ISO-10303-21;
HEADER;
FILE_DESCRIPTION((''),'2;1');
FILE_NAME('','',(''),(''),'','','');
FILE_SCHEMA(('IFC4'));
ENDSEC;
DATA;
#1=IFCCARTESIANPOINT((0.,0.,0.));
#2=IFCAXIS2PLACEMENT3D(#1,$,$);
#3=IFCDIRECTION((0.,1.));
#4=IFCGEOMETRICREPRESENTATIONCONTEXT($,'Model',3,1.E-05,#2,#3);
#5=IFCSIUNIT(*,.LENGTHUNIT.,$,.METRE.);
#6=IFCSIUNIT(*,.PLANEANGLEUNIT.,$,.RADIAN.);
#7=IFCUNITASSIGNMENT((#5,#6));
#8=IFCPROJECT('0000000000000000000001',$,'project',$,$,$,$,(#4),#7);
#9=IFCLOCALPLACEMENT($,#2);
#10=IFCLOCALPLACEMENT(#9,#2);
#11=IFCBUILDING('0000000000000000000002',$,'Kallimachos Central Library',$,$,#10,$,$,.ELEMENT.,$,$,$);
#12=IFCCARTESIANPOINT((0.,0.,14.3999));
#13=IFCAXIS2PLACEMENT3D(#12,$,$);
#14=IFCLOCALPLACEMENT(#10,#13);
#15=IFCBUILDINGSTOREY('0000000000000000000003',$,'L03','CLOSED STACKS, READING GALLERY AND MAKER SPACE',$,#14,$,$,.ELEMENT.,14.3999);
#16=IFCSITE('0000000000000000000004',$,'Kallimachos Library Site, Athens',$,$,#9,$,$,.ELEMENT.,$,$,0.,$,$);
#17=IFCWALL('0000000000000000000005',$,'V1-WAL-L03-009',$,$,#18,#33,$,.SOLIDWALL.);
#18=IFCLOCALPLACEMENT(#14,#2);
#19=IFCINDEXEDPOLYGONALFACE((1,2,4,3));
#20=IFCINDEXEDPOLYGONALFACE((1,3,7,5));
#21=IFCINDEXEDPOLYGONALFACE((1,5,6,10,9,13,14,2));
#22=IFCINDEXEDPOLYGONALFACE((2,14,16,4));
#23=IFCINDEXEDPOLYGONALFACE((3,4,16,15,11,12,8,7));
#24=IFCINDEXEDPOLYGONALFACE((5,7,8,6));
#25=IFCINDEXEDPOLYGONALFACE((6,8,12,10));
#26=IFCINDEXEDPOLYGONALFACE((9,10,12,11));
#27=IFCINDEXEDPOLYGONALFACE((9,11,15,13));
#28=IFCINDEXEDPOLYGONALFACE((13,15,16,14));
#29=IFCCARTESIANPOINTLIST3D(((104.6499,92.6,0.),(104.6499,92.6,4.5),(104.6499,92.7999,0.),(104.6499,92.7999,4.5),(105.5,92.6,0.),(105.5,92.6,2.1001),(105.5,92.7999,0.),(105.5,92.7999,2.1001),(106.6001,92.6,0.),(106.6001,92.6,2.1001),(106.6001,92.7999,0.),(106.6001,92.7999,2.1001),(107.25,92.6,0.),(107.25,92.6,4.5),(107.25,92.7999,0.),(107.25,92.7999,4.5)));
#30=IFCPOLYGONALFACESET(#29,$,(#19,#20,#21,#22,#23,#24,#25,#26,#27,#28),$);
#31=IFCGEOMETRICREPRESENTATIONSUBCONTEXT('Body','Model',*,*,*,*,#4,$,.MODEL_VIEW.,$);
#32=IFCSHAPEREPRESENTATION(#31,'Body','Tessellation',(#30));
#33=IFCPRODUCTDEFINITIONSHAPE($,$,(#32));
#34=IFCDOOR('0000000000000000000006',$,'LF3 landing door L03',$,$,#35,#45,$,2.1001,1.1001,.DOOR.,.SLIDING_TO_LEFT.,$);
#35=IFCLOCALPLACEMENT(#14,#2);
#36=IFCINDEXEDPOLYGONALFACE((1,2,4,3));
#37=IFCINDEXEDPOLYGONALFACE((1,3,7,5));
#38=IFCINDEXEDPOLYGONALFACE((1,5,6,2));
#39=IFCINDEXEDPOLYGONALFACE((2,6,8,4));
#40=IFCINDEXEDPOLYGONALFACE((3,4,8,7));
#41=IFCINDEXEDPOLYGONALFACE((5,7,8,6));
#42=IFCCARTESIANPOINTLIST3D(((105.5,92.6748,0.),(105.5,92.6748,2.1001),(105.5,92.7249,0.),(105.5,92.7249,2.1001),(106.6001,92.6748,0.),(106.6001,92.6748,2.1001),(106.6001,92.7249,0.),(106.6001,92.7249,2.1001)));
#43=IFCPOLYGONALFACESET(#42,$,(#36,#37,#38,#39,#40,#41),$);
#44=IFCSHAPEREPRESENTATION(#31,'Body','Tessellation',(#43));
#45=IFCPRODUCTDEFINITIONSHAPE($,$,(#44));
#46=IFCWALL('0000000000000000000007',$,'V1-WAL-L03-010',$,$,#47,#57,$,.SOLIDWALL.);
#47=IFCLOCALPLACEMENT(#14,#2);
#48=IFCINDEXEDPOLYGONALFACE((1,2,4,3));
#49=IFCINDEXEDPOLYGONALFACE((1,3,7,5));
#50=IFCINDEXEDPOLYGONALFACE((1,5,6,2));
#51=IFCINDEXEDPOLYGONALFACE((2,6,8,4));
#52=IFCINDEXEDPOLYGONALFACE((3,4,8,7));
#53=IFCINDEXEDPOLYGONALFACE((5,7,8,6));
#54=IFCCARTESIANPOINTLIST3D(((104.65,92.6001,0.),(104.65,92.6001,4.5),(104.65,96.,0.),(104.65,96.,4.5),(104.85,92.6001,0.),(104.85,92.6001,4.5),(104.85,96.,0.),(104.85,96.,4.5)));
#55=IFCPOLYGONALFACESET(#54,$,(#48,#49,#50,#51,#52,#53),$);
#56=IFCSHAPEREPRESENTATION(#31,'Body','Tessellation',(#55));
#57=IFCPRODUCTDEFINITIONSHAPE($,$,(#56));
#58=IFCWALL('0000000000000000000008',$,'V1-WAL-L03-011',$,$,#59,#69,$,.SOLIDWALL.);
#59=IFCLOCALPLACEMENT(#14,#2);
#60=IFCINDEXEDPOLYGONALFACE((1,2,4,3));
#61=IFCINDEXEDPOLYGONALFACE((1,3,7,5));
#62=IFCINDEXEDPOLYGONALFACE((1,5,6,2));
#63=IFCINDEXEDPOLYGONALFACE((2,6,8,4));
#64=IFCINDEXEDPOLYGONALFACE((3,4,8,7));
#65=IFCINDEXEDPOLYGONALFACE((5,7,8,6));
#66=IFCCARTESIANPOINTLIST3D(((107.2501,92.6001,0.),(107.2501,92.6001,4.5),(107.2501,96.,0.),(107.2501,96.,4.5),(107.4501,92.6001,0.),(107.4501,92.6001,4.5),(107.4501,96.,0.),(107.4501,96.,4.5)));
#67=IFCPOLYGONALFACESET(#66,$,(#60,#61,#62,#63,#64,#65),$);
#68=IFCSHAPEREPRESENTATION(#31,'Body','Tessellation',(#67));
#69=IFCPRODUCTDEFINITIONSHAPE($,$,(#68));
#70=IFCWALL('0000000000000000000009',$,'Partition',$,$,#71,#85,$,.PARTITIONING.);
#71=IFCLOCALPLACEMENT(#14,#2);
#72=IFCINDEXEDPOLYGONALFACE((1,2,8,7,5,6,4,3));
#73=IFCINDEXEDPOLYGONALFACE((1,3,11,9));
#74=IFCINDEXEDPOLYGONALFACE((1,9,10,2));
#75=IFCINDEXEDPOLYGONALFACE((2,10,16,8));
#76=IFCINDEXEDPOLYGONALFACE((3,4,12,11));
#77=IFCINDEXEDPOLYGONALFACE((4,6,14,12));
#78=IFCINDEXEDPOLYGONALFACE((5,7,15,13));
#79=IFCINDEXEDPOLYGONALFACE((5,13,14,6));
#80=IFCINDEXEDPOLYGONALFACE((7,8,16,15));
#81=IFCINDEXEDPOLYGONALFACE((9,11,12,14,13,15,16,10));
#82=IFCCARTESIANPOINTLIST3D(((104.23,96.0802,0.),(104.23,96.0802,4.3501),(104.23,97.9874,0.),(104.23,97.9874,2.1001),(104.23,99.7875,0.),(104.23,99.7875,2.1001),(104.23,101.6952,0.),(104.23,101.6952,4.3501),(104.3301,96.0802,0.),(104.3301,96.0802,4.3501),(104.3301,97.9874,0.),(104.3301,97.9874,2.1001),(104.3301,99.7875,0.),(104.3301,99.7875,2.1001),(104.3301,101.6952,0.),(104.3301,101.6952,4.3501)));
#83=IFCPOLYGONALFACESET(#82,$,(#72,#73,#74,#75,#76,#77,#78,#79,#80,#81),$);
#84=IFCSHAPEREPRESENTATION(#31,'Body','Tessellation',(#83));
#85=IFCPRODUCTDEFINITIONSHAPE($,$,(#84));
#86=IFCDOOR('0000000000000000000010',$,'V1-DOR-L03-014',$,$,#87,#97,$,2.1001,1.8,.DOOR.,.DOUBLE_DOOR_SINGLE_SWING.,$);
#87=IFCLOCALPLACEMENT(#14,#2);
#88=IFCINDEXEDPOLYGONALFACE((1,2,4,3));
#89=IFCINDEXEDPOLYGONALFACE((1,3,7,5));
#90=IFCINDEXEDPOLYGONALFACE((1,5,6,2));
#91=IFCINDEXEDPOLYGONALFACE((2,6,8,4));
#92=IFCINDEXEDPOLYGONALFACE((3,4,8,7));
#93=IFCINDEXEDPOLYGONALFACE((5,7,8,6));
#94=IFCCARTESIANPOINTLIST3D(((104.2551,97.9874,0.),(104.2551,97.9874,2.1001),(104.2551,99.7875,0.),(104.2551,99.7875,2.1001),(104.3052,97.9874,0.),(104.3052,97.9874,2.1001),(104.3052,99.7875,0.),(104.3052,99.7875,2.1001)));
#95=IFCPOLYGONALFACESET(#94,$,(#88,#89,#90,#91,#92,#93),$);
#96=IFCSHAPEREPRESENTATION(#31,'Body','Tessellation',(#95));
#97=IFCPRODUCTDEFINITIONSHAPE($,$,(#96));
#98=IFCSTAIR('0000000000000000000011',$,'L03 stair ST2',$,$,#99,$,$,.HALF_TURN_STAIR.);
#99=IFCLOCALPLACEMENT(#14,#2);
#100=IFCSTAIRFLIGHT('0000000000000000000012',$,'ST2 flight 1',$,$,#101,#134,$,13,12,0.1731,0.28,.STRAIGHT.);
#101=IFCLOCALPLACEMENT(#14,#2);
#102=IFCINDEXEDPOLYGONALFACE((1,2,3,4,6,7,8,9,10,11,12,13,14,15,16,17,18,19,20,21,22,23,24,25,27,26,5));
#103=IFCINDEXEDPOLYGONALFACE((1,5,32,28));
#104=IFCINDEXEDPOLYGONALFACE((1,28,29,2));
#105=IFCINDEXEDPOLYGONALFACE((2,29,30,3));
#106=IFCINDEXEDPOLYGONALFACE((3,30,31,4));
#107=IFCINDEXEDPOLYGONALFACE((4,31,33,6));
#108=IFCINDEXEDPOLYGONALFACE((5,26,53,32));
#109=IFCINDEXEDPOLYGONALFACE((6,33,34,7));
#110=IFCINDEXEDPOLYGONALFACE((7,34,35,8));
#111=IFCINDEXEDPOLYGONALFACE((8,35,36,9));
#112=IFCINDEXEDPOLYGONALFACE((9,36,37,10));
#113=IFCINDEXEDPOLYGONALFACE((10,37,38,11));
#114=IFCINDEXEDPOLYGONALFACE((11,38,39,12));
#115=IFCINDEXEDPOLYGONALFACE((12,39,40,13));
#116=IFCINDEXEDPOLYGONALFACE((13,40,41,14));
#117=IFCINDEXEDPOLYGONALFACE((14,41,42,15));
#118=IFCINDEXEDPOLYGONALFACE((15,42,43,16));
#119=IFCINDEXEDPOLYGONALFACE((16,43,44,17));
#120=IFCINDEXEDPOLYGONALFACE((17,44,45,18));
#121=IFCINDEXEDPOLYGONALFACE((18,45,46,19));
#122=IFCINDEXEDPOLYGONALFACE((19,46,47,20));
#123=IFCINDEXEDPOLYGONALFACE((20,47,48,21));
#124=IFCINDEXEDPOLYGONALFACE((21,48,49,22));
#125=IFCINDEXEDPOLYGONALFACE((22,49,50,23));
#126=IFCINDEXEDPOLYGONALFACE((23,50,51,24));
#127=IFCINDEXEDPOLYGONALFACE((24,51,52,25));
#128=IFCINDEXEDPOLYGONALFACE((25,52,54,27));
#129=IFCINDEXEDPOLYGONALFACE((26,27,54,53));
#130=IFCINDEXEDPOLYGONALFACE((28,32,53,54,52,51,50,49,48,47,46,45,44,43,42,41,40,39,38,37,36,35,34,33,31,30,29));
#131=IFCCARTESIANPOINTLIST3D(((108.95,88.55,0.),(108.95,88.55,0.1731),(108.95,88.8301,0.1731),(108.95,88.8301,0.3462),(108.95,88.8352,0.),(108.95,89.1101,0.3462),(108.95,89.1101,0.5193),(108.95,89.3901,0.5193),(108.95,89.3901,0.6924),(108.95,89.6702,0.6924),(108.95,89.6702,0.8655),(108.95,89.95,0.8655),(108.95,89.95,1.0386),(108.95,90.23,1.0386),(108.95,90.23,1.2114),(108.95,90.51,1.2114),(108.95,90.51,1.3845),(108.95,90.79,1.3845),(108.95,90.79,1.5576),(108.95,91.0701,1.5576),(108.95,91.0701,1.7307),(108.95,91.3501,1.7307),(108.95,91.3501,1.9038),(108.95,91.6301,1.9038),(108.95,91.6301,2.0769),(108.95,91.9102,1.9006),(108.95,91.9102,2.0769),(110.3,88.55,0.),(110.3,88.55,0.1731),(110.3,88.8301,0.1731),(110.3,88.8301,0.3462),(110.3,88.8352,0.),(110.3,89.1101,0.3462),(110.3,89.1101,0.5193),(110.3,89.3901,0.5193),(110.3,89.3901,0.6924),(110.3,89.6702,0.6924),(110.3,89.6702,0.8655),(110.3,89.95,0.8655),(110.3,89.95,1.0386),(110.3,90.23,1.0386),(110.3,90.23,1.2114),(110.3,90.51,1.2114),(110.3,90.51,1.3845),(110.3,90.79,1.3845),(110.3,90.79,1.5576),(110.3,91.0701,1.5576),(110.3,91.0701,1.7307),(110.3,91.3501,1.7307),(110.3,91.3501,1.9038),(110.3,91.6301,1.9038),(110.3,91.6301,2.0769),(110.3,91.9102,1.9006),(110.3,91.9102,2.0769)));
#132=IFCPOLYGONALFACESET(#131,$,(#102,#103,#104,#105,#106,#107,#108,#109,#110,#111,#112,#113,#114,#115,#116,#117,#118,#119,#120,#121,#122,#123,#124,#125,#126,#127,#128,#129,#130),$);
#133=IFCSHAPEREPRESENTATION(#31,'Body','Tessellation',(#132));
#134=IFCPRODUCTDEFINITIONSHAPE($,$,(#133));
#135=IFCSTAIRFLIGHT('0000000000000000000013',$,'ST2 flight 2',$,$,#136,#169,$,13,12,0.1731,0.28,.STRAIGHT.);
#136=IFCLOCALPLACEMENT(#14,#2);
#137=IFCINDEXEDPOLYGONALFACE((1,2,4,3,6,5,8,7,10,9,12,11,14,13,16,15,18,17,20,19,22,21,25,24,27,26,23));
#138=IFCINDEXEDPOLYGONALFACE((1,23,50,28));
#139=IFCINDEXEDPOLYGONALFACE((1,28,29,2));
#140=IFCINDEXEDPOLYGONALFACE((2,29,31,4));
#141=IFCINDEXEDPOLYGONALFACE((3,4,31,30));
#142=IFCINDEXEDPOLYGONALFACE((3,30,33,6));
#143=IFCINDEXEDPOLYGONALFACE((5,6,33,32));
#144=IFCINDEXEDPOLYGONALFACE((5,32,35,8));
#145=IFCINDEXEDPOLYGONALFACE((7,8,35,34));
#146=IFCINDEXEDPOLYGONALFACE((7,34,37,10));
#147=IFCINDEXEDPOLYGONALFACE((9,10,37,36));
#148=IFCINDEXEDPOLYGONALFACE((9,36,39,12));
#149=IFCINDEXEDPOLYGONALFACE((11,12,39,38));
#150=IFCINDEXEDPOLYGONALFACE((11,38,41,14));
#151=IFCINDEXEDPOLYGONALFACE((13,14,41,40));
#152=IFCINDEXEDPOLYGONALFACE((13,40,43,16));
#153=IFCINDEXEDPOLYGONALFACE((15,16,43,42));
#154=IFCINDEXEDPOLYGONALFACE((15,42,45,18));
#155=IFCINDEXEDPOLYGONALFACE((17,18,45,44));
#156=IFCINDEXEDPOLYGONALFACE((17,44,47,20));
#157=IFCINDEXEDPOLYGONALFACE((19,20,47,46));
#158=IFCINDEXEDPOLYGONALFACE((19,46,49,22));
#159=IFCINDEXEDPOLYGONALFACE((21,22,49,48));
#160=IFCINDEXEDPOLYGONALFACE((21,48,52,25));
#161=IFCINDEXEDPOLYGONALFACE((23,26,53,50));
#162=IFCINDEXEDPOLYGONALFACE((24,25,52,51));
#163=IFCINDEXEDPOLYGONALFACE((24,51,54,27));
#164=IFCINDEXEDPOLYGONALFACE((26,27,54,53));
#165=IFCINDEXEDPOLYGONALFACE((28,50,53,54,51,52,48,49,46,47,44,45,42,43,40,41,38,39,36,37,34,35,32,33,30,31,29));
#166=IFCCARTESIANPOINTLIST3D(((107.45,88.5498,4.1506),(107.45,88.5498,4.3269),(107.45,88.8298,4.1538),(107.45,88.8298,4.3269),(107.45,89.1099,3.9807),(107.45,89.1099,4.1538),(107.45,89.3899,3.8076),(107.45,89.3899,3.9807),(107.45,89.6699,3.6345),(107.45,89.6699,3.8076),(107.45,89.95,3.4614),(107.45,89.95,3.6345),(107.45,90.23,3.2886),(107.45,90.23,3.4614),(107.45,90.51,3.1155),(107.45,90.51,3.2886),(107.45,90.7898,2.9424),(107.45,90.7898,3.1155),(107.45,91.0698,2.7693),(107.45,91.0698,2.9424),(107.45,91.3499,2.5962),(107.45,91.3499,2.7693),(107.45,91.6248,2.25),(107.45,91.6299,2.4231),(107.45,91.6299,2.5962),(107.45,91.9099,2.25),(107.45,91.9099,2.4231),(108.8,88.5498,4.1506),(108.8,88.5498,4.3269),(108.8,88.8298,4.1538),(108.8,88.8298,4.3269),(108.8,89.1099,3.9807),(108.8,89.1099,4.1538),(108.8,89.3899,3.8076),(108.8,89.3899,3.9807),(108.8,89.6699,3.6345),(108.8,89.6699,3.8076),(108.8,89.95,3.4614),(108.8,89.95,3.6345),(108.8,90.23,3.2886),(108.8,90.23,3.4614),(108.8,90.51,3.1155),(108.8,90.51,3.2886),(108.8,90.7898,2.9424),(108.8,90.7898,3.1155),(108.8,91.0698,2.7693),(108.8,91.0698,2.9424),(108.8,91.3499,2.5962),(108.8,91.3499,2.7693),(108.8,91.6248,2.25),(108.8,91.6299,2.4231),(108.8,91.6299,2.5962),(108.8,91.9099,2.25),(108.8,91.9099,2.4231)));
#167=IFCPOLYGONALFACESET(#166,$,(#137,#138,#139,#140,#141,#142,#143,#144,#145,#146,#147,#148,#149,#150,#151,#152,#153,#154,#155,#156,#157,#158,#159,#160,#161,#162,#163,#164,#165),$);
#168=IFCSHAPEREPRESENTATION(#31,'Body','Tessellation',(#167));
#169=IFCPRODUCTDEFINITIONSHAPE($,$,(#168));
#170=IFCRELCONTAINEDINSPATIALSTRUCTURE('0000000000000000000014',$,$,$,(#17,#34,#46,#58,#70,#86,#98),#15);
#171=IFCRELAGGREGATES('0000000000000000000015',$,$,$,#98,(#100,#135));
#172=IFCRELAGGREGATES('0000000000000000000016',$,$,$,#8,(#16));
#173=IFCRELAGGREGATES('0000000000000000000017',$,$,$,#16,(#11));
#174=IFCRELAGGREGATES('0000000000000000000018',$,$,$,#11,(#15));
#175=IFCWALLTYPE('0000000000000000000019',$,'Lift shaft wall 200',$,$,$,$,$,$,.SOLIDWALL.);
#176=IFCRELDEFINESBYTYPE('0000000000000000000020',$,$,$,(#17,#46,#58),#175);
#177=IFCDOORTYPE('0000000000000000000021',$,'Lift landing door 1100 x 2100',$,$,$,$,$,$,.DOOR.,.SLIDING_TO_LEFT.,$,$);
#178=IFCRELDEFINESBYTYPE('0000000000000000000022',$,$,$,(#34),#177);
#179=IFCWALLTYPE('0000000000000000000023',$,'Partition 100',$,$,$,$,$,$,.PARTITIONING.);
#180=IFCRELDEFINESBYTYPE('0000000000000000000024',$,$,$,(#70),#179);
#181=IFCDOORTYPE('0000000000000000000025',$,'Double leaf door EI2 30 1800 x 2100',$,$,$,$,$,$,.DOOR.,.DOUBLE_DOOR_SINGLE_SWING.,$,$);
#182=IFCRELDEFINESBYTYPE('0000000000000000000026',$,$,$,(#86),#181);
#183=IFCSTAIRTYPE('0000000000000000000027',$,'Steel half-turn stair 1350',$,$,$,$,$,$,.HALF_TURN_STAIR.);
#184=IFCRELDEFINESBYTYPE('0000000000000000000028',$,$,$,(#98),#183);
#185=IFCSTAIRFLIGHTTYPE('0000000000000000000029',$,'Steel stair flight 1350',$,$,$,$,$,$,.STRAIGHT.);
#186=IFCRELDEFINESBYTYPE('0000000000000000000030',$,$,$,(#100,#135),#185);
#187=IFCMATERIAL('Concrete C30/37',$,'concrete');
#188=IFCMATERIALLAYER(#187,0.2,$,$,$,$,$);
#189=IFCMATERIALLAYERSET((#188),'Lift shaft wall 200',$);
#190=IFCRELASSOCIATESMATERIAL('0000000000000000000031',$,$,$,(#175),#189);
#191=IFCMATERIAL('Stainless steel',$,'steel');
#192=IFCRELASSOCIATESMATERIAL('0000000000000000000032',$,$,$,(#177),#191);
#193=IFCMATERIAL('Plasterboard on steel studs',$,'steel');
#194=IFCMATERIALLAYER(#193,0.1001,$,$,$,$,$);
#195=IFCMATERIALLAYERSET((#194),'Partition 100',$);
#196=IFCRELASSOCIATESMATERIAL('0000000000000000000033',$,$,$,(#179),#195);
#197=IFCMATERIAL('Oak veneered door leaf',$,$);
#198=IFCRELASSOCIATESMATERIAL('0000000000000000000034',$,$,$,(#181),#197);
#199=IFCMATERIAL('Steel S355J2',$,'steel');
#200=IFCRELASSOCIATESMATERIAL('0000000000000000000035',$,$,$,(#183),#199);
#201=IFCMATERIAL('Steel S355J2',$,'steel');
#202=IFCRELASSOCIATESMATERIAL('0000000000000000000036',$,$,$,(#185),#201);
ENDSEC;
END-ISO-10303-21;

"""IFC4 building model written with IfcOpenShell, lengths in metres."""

from ifc_helpers import new_model, si_unit, direction, frame, frame_2d, origin, place, context, subcontext, project, spatial, polyline, rectangle, outline, extrude, material, layer, layer_set, type_object, element, fill, aggregate, save


model = new_model("IFC4")

# Units and contexts
model_context = context("Model", 3, precision=1e-05, world=origin(), true_north=direction((0.0, 1.0)))
body_context = subcontext(model_context, "Body", "Model", "MODEL_VIEW")
ifc_project = project(units=[si_unit("LENGTHUNIT", "METRE"), si_unit("PLANEANGLEUNIT", "RADIAN")], contexts=[model_context])

# Site, building, storey
site_placement = place(None, origin())
site = spatial("IfcSite", under=ifc_project, at=site_placement, Name="Kallimachos Library Site, Athens", CompositionType="ELEMENT", RefElevation=0.0)
building_placement = place(site_placement, origin())
building = spatial("IfcBuilding", under=site, at=building_placement, Name="Kallimachos Central Library", CompositionType="ELEMENT")
storey_placement = place(building_placement, frame((0.0, 0.0, 14.3999)))
storey = spatial("IfcBuildingStorey", under=building, at=storey_placement, Name="L03", Description="CLOSED STACKS, READING GALLERY AND MAKER SPACE", CompositionType="ELEMENT", Elevation=14.3999)

# Shared definitions
ifc_material_1 = material(Name="Concrete C30/37", Category="concrete")
ifc_layer_1 = layer(ifc_material_1, 0.2)
ifc_layer_set_1 = layer_set([ifc_layer_1], Name="Lift shaft wall 200")
wall_type_1 = type_object("IfcWallType", Name="Lift shaft wall 200", PredefinedType="SOLIDWALL", material=ifc_layer_set_1)

# Wall, opening, door
wall_1_placement = place(storey_placement, frame((104.6499, 92.7, 0.0), z_axis=(0.0, 0.0, 1.0), x_axis=(1.0, 0.0, 0.0)))
wall_1 = element("IfcWall", 1, at=wall_1_placement, inside=storey, type_object=wall_type_1, Name="V1-WAL-L03-009", PredefinedType="SOLIDWALL", context=body_context, shape_type="SweptSolid", body=[
    extrude(rectangle(XDim=2.6001, YDim=0.2, at=frame_2d((1.3, 0.0))), origin(), (0.0, 0.0, 1.0), 4.5),
])
opening_1_placement = place(wall_1_placement, frame((0.8501, 0.0, 0.0)))
opening_1 = element("IfcOpeningElement", 2, at=opening_1_placement, cuts=wall_1, PredefinedType="OPENING", context=body_context, shape_type="SweptSolid", body=[
    extrude(rectangle(XDim=1.1001, YDim=2.1001, at=frame_2d((0.55, 1.05))), frame((0.0, 0.1099, 0.0), z_axis=(0.0, -1.0, 0.0), x_axis=(1.0, 0.0, 0.0)), (0.0, 0.0, 1.0), 0.22),
])
ifc_material_2 = material(Name="Stainless steel", Category="steel")
door_type_1 = type_object("IfcDoorType", Name="Lift landing door 1100 x 2100", OperationType="SLIDING_TO_LEFT", PredefinedType="DOOR", material=ifc_material_2)
door_1_placement = place(opening_1_placement, origin())
door_1 = element("IfcDoor", 3, at=door_1_placement, inside=storey, type_object=door_type_1, Name="LF3 landing door L03", OperationType="SLIDING_TO_LEFT", OverallHeight=2.1001, OverallWidth=1.1001, PredefinedType="DOOR", context=body_context, shape_type="SweptSolid", body=[
    extrude(rectangle(XDim=1.1001, YDim=2.1001, at=frame_2d((0.55, 1.05))), frame((0.0, 0.0249, 0.0), z_axis=(0.0, -1.0, 0.0), x_axis=(1.0, 0.0, 0.0)), (0.0, 0.0, 1.0), 0.05),
])
fill(opening_1, door_1)

# Walls
for number, where, z_axis, x_axis, name in (
    (4, (104.75, 92.6001, 0.0), (0.0, 0.0, 1.0), (0.0, 1.0, 0.0), "V1-WAL-L03-010"),
    (5, (107.3501, 92.6001, 0.0), (0.0, 0.0, 1.0), (0.0, 1.0, 0.0), "V1-WAL-L03-011"),
):
    element("IfcWall", number, at=place(storey_placement, frame(where, z_axis=z_axis, x_axis=x_axis)), inside=storey, type_object=wall_type_1, Name=name, PredefinedType="SOLIDWALL", context=body_context, shape_type="SweptSolid", body=[
        extrude(rectangle(XDim=3.3999, YDim=0.2, at=frame_2d((1.7, 0.0))), origin(), (0.0, 0.0, 1.0), 4.5),
    ])

# Wall, opening, door
ifc_material_3 = material(Name="Plasterboard on steel studs", Category="steel")
ifc_layer_2 = layer(ifc_material_3, 0.1001)
ifc_layer_set_2 = layer_set([ifc_layer_2], Name="Partition 100")
wall_type_2 = type_object("IfcWallType", Name="Partition 100", PredefinedType="PARTITIONING", material=ifc_layer_set_2)
wall_2_placement = place(storey_placement, frame((104.28, 96.0801, 0.0), z_axis=(0.0, 0.0, 1.0), x_axis=(0.0, 1.0, 0.0)))
wall_2 = element("IfcWall", 6, at=wall_2_placement, inside=storey, type_object=wall_type_2, Name="Partition", PredefinedType="PARTITIONING", context=body_context, shape_type="SweptSolid", body=[
    extrude(rectangle(XDim=5.615, YDim=0.1001, at=frame_2d((2.8076, 0.0))), origin(), (0.0, 0.0, 1.0), 4.3501),
])
opening_2_placement = place(wall_2_placement, frame((1.9075, 0.0, 0.0)))
opening_2 = element("IfcOpeningElement", 7, at=opening_2_placement, cuts=wall_2, PredefinedType="OPENING", context=body_context, shape_type="SweptSolid", body=[
    extrude(rectangle(XDim=1.8, YDim=2.1001, at=frame_2d((0.8999, 1.05))), frame((0.0, 0.0601, 0.0), z_axis=(0.0, -1.0, 0.0), x_axis=(1.0, 0.0, 0.0)), (0.0, 0.0, 1.0), 0.1201),
])
ifc_material_4 = material(Name="Oak veneered door leaf")
door_type_2 = type_object("IfcDoorType", Name="Double leaf door EI2 30 1800 x 2100", OperationType="DOUBLE_DOOR_SINGLE_SWING", PredefinedType="DOOR", material=ifc_material_4)
door_2_placement = place(opening_2_placement, origin())
door_2 = element("IfcDoor", 8, at=door_2_placement, inside=storey, type_object=door_type_2, Name="V1-DOR-L03-014", OperationType="DOUBLE_DOOR_SINGLE_SWING", OverallHeight=2.1001, OverallWidth=1.8, PredefinedType="DOOR", context=body_context, shape_type="SweptSolid", body=[
    extrude(rectangle(XDim=1.8, YDim=2.1001, at=frame_2d((0.8999, 1.05))), frame((0.0, 0.0249, 0.0), z_axis=(0.0, -1.0, 0.0), x_axis=(1.0, 0.0, 0.0)), (0.0, 0.0, 1.0), 0.05),
])
fill(opening_2, door_2)

# Stair, stair flights
ifc_material_5 = material(Name="Steel S355J2", Category="steel")
stair_type = type_object("IfcStairType", Name="Steel half-turn stair 1350", PredefinedType="HALF_TURN_STAIR", material=ifc_material_5)
stair_placement = place(storey_placement, origin())
stair = element("IfcStair", 9, at=stair_placement, inside=storey, type_object=stair_type, Name="L03 stair ST2", PredefinedType="HALF_TURN_STAIR")
ifc_material_6 = material(Name="Steel S355J2", Category="steel")
stair_flight_type = type_object("IfcStairFlightType", Name="Steel stair flight 1350", PredefinedType="STRAIGHT", material=ifc_material_6)
stair_flight_1_placement = place(storey_placement, frame((109.625, 88.55, 0.0), z_axis=(0.0, 0.0, 1.0), x_axis=(0.0, 1.0, 0.0)))
stair_flight_1 = element("IfcStairFlight", 10, at=stair_flight_1_placement, type_object=stair_flight_type, Name="ST2 flight 1", NumberOfRisers=13, NumberOfTreads=12, PredefinedType="STRAIGHT", RiserHeight=0.1731, TreadLength=0.28, context=body_context, shape_type="SweptSolid", body=[
    extrude(outline(polyline([(0.0, 0.0), (0.0, 0.1731), (0.28, 0.1731), (0.28, 0.3462), (0.5601, 0.3462), (0.5601, 0.5193), (0.8401, 0.5193), (0.8401, 0.6924), (1.1201, 0.6924), (1.1201, 0.8655), (1.3999, 0.8655), (1.3999, 1.0386), (1.6799, 1.0386), (1.6799, 1.2114), (1.96, 1.2114), (1.96, 1.3845), (2.24, 1.3845), (2.24, 1.5576), (2.52, 1.5576), (2.52, 1.7307), (2.8, 1.7307), (2.8, 1.9038), (3.0801, 1.9038), (3.0801, 2.0769), (3.3601, 2.0769), (3.3601, 2.25), (3.3601, 1.9006), (0.2852, 0.0), (0.0, 0.0)])), frame((0.0, 0.675, 0.0), z_axis=(0.0, -1.0, 0.0), x_axis=(1.0, 0.0, 0.0)), (0.0, 0.0, 1.0), 1.3501),
])
stair_flight_2_placement = place(storey_placement, frame((108.125, 91.9099, 2.25), z_axis=(0.0, 0.0, 1.0), x_axis=(0.0, -1.0, 0.0)))
stair_flight_2 = element("IfcStairFlight", 11, at=stair_flight_2_placement, type_object=stair_flight_type, Name="ST2 flight 2", NumberOfRisers=13, NumberOfTreads=12, PredefinedType="STRAIGHT", RiserHeight=0.1731, TreadLength=0.28, context=body_context, shape_type="SweptSolid", body=[
    extrude(outline(polyline([(0.0, 0.0), (0.0, 0.1731), (0.28, 0.1731), (0.28, 0.3462), (0.5601, 0.3462), (0.5601, 0.5193), (0.8401, 0.5193), (0.8401, 0.6924), (1.1201, 0.6924), (1.1201, 0.8655), (1.3999, 0.8655), (1.3999, 1.0386), (1.6799, 1.0386), (1.6799, 1.2114), (1.96, 1.2114), (1.96, 1.3845), (2.24, 1.3845), (2.24, 1.5576), (2.52, 1.5576), (2.52, 1.7307), (2.8, 1.7307), (2.8, 1.9038), (3.0801, 1.9038), (3.0801, 2.0769), (3.3601, 2.0769), (3.3601, 2.25), (3.3601, 1.9006), (0.2852, 0.0), (0.0, 0.0)])), frame((0.0, 0.675, 0.0), z_axis=(0.0, -1.0, 0.0), x_axis=(1.0, 0.0, 0.0)), (0.0, 0.0, 1.0), 1.3501),
])
aggregate(stair, [stair_flight_1, stair_flight_2])

save(model, "model.ifc")
